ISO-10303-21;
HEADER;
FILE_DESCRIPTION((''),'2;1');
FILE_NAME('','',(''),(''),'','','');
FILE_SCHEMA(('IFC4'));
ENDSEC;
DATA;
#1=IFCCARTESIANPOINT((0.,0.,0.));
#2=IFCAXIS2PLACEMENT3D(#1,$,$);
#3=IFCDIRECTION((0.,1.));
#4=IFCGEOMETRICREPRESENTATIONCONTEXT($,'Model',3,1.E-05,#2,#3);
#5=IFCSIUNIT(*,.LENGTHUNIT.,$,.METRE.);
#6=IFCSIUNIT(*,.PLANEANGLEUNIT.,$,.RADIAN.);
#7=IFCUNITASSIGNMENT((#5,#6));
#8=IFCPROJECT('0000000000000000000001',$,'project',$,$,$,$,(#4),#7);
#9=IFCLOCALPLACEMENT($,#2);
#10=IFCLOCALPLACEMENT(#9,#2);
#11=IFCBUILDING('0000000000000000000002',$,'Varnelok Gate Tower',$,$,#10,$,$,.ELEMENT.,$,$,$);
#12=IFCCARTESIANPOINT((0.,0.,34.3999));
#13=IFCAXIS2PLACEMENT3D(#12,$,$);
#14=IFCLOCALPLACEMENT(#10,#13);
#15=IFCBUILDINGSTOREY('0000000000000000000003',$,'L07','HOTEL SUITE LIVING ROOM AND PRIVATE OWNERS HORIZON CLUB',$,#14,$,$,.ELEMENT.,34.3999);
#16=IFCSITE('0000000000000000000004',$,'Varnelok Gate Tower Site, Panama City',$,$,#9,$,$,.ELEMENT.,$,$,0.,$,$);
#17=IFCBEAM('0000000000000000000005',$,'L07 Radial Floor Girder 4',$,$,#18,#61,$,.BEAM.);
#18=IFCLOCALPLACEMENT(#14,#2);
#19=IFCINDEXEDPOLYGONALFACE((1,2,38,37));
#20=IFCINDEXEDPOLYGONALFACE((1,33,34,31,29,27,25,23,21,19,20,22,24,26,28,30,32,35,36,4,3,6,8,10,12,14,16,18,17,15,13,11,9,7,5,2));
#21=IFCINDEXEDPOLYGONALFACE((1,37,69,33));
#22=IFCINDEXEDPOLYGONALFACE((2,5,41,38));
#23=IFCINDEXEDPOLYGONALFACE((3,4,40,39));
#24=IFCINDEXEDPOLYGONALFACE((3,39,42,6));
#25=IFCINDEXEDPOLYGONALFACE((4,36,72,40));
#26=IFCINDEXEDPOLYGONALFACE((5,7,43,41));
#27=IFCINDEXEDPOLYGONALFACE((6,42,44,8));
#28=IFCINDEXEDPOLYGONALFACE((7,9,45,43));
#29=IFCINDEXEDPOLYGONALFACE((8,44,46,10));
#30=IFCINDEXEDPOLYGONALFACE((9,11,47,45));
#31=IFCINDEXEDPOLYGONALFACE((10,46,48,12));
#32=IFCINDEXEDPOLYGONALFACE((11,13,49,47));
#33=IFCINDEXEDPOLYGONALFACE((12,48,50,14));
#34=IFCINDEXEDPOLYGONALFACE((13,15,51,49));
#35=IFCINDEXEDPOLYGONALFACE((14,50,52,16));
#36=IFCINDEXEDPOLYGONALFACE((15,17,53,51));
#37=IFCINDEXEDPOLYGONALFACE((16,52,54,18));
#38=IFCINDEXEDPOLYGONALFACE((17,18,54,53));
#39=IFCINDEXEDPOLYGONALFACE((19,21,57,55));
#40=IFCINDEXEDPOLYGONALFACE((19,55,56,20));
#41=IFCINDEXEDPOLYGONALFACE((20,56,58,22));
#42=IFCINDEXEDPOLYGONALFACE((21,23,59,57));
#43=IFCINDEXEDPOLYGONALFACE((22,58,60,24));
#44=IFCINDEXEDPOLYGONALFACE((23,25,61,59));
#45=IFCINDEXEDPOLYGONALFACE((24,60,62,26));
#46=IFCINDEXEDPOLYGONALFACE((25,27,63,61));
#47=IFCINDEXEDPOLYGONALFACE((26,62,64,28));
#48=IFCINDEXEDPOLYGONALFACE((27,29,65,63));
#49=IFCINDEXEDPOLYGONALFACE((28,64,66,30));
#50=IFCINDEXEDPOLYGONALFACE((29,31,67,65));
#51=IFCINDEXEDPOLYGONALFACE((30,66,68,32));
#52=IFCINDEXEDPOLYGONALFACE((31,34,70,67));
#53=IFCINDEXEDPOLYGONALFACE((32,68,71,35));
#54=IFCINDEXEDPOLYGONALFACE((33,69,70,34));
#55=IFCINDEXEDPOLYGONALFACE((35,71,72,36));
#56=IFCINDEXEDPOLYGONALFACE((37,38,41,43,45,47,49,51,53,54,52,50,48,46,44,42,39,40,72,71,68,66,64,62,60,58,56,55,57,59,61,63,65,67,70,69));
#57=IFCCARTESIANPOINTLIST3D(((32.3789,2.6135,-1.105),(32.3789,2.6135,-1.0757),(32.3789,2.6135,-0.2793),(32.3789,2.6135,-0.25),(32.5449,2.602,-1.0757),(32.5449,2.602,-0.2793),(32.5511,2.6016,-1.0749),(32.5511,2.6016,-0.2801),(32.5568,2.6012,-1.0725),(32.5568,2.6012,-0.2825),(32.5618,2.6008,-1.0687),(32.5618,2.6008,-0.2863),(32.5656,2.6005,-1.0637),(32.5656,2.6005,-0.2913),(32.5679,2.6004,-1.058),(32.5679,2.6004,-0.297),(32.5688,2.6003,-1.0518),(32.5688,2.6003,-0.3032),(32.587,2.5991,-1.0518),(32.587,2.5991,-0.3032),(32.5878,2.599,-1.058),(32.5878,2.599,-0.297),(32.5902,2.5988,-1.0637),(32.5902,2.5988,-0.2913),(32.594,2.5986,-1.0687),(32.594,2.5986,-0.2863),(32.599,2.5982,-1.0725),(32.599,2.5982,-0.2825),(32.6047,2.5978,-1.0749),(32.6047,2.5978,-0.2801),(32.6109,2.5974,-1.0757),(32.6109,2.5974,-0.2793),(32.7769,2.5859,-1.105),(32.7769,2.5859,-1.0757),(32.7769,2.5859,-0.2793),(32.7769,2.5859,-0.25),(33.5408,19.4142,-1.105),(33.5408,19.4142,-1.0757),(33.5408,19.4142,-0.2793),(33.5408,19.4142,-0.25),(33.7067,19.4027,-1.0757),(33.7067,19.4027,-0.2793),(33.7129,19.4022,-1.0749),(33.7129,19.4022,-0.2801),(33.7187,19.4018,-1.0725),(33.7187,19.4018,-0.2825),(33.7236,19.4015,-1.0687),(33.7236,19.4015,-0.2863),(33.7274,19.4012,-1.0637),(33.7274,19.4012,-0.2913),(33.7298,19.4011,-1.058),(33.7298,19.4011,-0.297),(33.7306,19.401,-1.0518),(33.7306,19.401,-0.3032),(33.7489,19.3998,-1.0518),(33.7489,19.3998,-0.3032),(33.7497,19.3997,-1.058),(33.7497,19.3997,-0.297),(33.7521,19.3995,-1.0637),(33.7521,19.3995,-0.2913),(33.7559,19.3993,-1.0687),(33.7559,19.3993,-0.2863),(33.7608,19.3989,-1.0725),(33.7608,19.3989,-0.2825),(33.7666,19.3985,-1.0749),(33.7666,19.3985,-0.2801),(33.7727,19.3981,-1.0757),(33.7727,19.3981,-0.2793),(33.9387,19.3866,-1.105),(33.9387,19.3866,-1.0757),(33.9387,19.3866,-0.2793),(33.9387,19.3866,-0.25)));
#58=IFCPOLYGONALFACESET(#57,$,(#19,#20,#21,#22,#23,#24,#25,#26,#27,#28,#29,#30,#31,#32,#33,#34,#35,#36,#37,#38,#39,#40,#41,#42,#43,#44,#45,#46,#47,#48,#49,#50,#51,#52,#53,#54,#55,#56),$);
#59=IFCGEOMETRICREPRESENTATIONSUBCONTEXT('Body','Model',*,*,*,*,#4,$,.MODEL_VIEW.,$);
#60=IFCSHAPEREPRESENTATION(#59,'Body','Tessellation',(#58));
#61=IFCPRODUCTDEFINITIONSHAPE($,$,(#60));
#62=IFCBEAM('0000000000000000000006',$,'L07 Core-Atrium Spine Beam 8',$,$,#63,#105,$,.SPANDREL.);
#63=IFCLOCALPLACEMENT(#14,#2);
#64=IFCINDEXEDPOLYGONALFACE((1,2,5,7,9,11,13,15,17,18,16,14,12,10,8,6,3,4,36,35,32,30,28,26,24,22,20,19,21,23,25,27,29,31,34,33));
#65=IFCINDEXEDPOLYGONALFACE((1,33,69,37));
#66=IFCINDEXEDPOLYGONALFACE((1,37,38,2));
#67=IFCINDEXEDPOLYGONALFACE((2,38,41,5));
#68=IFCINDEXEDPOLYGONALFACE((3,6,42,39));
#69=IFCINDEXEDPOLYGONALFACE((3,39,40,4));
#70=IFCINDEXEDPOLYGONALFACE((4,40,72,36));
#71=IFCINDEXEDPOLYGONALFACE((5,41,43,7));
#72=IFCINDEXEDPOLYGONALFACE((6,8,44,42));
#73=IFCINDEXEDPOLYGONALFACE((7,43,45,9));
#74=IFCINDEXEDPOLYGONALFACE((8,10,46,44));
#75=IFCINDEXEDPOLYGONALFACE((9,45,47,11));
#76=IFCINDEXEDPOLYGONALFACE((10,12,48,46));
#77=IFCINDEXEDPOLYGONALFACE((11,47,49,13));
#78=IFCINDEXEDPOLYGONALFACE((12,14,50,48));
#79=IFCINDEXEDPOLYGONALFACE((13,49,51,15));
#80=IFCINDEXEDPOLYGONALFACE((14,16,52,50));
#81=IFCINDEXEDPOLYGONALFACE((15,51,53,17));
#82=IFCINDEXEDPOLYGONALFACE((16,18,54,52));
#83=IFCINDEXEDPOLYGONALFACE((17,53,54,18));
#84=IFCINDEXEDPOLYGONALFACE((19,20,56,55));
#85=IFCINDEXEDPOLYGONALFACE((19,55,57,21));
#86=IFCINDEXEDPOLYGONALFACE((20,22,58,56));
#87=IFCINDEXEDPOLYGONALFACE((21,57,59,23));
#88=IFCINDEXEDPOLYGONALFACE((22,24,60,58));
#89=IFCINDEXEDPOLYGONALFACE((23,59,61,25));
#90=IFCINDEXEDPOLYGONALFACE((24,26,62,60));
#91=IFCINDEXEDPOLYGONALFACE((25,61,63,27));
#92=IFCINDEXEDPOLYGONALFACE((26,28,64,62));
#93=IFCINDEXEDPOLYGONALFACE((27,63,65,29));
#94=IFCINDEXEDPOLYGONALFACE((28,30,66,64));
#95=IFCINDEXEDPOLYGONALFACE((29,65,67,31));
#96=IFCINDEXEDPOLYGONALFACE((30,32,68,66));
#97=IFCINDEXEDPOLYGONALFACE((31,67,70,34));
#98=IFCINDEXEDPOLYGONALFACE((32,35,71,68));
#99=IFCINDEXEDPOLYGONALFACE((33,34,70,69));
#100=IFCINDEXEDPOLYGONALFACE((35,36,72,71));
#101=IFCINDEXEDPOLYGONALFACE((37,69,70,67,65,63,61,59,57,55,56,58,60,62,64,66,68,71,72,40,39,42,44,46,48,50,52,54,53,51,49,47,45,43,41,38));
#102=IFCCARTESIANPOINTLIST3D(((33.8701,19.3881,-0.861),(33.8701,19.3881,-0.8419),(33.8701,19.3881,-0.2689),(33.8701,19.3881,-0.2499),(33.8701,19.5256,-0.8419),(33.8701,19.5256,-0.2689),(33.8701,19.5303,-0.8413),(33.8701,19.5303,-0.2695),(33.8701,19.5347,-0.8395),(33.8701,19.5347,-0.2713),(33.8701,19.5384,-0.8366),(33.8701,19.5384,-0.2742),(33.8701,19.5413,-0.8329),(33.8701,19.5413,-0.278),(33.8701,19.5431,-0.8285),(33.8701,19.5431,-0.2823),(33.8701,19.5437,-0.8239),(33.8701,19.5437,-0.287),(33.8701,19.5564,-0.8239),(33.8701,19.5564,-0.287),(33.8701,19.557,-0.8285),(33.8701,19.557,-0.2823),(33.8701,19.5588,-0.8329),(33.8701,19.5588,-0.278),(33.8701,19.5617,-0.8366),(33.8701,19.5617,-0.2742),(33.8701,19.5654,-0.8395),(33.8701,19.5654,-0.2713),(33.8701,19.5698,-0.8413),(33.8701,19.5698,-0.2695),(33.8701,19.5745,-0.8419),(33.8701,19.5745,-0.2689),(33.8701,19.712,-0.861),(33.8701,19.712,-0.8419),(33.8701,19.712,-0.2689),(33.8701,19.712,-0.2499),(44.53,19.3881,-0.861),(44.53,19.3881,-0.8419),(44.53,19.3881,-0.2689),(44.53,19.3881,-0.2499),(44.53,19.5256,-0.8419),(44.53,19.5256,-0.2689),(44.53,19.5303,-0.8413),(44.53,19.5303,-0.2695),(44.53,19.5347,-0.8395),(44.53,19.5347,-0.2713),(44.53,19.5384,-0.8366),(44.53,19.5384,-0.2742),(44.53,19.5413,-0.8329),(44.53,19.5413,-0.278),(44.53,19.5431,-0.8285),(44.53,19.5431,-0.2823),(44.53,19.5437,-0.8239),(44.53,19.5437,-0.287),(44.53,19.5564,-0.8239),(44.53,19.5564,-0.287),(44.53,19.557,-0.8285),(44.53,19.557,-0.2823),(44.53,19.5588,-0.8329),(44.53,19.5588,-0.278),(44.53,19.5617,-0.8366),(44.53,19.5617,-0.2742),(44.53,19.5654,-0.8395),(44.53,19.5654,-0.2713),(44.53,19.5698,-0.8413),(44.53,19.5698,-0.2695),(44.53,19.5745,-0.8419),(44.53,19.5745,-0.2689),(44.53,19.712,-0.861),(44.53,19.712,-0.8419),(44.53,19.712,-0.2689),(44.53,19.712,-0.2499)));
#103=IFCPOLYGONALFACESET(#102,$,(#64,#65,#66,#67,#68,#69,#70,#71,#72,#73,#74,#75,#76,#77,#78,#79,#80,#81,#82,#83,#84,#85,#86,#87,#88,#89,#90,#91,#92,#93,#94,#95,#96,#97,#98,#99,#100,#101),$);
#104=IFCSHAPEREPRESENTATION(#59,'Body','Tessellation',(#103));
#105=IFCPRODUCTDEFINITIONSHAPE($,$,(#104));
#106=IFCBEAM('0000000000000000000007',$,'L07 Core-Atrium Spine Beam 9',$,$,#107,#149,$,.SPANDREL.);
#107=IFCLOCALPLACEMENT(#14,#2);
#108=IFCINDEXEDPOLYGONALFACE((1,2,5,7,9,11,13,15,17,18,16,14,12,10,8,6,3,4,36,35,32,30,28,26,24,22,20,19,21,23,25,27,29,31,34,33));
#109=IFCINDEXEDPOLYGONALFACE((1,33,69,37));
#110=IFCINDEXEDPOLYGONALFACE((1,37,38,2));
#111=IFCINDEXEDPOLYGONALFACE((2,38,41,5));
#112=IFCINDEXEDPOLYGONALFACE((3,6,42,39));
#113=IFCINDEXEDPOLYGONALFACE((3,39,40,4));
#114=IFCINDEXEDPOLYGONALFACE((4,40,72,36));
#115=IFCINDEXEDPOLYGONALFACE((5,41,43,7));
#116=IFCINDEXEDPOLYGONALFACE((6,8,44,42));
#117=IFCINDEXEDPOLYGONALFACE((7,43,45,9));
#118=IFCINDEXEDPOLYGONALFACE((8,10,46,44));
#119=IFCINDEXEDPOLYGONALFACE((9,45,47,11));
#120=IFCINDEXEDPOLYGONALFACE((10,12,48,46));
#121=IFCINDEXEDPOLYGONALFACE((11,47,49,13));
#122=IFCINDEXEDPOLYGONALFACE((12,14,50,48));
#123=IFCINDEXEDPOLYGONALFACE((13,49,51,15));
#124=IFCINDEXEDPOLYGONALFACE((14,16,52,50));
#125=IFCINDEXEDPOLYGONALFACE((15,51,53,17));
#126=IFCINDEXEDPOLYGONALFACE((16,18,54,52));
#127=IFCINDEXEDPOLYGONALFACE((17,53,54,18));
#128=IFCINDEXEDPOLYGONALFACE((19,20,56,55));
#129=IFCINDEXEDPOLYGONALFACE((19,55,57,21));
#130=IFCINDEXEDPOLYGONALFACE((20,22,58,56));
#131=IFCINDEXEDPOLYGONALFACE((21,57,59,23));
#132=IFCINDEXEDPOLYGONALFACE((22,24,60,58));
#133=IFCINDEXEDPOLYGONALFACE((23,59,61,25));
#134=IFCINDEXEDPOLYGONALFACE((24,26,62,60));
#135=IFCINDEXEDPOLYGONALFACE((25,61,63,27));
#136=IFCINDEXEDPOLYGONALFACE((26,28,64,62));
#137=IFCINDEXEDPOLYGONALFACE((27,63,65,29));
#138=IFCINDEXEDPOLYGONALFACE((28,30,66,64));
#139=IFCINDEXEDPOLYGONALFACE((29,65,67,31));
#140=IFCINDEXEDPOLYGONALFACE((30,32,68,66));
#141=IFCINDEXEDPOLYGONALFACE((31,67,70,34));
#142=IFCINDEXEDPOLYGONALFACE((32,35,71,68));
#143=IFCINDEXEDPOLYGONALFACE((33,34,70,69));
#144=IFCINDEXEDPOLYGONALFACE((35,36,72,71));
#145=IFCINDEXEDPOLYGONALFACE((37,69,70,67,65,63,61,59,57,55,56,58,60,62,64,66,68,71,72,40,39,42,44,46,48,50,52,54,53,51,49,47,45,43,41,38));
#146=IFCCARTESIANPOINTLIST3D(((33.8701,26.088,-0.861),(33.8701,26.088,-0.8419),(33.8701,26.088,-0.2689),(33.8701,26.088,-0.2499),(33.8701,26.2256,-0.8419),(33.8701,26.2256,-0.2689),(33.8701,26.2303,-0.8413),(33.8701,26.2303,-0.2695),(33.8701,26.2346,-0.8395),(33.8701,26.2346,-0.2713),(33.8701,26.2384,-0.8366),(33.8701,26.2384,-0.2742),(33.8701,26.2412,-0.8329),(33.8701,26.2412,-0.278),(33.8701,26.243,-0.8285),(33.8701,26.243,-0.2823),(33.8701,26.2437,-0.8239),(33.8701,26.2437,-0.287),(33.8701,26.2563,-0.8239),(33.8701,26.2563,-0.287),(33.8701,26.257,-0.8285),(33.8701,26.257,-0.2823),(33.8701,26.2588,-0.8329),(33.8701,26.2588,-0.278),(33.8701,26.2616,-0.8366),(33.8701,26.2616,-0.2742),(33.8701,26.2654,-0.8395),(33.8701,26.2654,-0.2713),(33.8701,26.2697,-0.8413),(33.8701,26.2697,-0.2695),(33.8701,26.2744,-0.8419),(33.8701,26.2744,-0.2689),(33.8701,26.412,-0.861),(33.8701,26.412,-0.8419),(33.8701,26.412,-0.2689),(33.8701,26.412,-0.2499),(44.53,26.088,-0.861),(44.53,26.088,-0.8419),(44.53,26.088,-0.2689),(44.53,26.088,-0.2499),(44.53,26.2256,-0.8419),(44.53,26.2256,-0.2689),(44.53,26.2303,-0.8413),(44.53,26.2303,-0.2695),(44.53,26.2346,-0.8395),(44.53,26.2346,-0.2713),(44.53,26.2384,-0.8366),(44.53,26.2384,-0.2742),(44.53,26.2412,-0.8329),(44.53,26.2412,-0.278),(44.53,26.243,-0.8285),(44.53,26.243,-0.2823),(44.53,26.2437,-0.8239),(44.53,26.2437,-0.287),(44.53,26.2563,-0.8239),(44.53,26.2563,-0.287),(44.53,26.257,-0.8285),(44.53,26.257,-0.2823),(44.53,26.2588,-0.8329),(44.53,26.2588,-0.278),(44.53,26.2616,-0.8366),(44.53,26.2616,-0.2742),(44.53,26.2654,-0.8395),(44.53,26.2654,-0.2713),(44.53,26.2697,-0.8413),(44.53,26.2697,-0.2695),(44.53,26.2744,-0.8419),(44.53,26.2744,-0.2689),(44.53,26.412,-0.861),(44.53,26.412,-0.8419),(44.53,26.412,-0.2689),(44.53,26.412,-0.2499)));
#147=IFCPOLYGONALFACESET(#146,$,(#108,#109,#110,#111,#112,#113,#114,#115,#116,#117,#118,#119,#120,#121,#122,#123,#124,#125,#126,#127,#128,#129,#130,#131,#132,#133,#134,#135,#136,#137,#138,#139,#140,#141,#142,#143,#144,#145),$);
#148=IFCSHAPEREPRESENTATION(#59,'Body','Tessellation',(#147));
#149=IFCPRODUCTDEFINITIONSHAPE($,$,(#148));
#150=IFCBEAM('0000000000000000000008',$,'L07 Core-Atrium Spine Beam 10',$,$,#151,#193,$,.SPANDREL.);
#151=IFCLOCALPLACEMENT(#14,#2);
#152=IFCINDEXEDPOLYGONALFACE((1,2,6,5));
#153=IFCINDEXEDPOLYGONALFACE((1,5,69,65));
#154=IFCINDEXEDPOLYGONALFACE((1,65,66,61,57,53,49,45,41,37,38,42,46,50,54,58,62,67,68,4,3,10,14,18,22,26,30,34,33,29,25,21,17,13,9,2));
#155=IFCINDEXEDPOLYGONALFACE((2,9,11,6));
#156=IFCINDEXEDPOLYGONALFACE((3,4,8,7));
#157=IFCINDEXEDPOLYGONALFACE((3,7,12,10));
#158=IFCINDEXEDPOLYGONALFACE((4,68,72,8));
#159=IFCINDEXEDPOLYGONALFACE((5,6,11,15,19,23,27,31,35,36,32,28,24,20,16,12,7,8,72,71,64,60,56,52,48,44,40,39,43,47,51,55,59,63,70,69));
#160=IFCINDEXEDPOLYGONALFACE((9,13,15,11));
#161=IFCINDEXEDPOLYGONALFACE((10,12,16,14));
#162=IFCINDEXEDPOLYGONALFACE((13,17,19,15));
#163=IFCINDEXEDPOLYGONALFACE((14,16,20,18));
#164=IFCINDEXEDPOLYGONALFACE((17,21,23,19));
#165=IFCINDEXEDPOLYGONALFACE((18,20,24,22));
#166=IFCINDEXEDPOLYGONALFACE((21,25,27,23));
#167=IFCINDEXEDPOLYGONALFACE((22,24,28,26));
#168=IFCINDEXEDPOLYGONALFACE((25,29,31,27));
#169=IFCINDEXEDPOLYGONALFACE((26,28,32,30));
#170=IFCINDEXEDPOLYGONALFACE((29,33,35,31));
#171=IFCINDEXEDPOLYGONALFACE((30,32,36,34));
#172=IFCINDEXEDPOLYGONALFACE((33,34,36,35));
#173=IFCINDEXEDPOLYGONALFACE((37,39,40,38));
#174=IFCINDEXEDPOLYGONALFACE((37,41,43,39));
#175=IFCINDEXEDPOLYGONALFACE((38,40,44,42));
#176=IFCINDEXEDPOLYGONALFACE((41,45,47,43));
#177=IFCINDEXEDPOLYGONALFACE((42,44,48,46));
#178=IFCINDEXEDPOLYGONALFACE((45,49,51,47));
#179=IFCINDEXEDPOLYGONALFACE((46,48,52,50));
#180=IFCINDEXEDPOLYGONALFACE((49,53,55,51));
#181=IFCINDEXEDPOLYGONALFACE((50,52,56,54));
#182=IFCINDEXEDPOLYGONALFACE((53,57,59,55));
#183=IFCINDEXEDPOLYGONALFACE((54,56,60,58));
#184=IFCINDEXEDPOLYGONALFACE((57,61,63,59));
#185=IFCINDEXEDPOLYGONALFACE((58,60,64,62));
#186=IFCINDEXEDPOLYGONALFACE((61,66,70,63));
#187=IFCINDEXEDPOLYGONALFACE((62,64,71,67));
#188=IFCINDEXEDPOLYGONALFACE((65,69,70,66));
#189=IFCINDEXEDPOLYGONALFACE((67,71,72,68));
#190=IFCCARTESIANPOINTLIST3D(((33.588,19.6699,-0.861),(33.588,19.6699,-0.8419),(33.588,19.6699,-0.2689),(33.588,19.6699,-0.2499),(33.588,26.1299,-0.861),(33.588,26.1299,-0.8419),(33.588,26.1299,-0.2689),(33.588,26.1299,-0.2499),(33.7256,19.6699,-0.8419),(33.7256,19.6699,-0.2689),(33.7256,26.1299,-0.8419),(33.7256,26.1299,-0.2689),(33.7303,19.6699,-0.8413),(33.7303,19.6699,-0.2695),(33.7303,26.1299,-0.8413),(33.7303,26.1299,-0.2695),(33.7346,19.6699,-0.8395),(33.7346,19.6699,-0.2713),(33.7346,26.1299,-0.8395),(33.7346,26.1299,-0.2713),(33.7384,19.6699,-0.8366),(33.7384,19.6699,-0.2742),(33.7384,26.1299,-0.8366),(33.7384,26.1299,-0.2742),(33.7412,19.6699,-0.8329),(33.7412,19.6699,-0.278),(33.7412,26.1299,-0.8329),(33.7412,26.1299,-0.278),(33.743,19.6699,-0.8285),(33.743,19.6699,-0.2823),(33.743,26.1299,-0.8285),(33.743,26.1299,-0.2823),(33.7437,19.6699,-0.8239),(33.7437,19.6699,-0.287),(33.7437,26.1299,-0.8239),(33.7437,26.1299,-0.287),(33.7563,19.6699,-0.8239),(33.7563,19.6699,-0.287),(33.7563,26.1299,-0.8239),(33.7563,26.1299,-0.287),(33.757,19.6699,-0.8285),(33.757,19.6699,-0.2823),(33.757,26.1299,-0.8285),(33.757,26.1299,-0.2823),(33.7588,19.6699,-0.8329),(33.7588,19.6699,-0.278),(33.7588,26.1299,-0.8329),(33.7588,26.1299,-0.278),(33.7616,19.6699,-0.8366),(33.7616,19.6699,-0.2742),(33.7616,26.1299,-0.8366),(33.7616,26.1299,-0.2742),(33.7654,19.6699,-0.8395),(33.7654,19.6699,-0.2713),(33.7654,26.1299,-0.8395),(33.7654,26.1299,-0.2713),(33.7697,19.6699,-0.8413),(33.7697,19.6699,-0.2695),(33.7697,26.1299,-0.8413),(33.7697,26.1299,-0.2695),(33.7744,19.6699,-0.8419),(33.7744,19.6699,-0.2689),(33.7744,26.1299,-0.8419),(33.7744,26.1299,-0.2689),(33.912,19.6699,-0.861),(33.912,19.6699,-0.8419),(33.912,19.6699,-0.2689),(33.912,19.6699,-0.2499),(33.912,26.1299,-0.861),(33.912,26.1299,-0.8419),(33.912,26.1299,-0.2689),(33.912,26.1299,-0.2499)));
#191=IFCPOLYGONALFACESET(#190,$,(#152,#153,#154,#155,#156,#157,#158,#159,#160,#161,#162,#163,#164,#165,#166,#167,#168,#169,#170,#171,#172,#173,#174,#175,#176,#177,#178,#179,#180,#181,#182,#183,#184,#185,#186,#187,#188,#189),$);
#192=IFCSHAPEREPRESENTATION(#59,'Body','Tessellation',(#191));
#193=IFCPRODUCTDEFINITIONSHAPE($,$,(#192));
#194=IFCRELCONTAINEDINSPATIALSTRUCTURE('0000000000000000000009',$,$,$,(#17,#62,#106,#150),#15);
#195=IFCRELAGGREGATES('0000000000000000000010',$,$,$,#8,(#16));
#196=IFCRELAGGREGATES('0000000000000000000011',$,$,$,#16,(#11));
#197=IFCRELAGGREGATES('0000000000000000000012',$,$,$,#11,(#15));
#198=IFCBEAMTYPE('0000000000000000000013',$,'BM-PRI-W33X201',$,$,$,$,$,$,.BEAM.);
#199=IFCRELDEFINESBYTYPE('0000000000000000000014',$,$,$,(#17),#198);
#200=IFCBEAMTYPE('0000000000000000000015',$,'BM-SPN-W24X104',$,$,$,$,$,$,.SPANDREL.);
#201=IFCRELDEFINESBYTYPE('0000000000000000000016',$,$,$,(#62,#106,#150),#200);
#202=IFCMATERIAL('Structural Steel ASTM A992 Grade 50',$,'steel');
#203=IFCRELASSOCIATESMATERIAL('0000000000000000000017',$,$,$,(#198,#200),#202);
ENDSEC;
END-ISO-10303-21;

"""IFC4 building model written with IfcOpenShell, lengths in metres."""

from ifc_helpers import new_model, si_unit, direction, frame, origin, origin_2d, place, context, subcontext, project, spatial, i_section, extrude, material, material_profile, profile_set, type_object, element, save


model = new_model("IFC4")

# Units and contexts
model_context = context("Model", 3, precision=1e-05, world=origin(), true_north=direction((0.0, 1.0)))
body_context = subcontext(model_context, "Body", "Model", "MODEL_VIEW")
ifc_project = project(units=[si_unit("LENGTHUNIT", "METRE"), si_unit("PLANEANGLEUNIT", "RADIAN")], contexts=[model_context])

# Site, building, storey
site_placement = place(None, origin())
site = spatial("IfcSite", under=ifc_project, at=site_placement, Name="Varnelok Gate Tower Site, Panama City", CompositionType="ELEMENT", RefElevation=0.0)
building_placement = place(site_placement, origin())
building = spatial("IfcBuilding", under=site, at=building_placement, Name="Varnelok Gate Tower", CompositionType="ELEMENT")
storey_placement = place(building_placement, frame((0.0, 0.0, 34.3999)))
storey = spatial("IfcBuildingStorey", under=building, at=storey_placement, Name="L07", Description="HOTEL SUITE LIVING ROOM AND PRIVATE OWNERS HORIZON CLUB", CompositionType="ELEMENT", Elevation=34.3999)

# Shared definitions
ifc_material_1 = material(Name="Structural Steel ASTM A992 Grade 50", Category="steel")

# Beams
ifc_material_profile_1 = material_profile(ifc_material_1, i_section(OverallWidth=0.3989, OverallDepth=0.855, WebThickness=0.0183, FlangeThickness=0.0293, FilletRadius=0.0239, at=origin_2d()), Name="W33X201")
ifc_profile_set_1 = profile_set([ifc_material_profile_1], Name="Structural Steel ASTM A992 Grade 50")
beam_type_1 = type_object("IfcBeamType", Name="BM-PRI-W33X201", PredefinedType="BEAM", material=ifc_profile_set_1)
beam_1_placement = place(storey_placement, frame((33.7397, 19.4004, -0.6775), z_axis=(-0.068991, -0.997617, 0.0), x_axis=(0.997617, -0.068991, 0.0)))
element("IfcBeam", 1, at=beam_1_placement, inside=storey, type_object=beam_type_1, Name="L07 Radial Floor Girder 4", PredefinedType="BEAM", context=body_context, shape_type="SweptSolid", body=[
    extrude(i_section(OverallWidth=0.3989, OverallDepth=0.855, WebThickness=0.0183, FlangeThickness=0.0293, FilletRadius=0.0239, at=origin_2d()), origin(), (0.0, 0.0, 1.0), 16.8408),
])
ifc_material_profile_2 = material_profile(ifc_material_1, i_section(OverallWidth=0.324, OverallDepth=0.6111, WebThickness=0.0127, FlangeThickness=0.019, FilletRadius=0.0181, at=origin_2d()), Name="W24X104")
ifc_profile_set_2 = profile_set([ifc_material_profile_2], Name="Structural Steel ASTM A992 Grade 50")
beam_type_2 = type_object("IfcBeamType", Name="BM-SPN-W24X104", PredefinedType="SPANDREL", material=ifc_profile_set_2)
for number, where, z_axis, x_axis, name in (
    (2, (33.8701, 19.55, -0.5554), (1.0, 0.0, 0.0), (0.0, 1.0, 0.0), "L07 Core-Atrium Spine Beam 8"),
    (3, (33.8701, 26.25, -0.5554), (1.0, 0.0, 0.0), (0.0, 1.0, 0.0), "L07 Core-Atrium Spine Beam 9"),
):
    element("IfcBeam", number, at=place(storey_placement, frame(where, z_axis=z_axis, x_axis=x_axis)), inside=storey, type_object=beam_type_2, Name=name, PredefinedType="SPANDREL", context=body_context, shape_type="SweptSolid", body=[
        extrude(i_section(OverallWidth=0.324, OverallDepth=0.6111, WebThickness=0.0127, FlangeThickness=0.019, FilletRadius=0.0181, at=origin_2d()), origin(), (0.0, 0.0, 1.0), 10.6599),
    ])
beam_2_placement = place(storey_placement, frame((33.75, 19.6699, -0.5554), z_axis=(0.0, 1.0, 0.0), x_axis=(-1.0, 0.0, 0.0)))
element("IfcBeam", 4, at=beam_2_placement, inside=storey, type_object=beam_type_2, Name="L07 Core-Atrium Spine Beam 10", PredefinedType="SPANDREL", context=body_context, shape_type="SweptSolid", body=[
    extrude(i_section(OverallWidth=0.324, OverallDepth=0.6111, WebThickness=0.0127, FlangeThickness=0.019, FilletRadius=0.0181, at=origin_2d()), origin(), (0.0, 0.0, 1.0), 6.46),
])

save(model, "model.ifc")
